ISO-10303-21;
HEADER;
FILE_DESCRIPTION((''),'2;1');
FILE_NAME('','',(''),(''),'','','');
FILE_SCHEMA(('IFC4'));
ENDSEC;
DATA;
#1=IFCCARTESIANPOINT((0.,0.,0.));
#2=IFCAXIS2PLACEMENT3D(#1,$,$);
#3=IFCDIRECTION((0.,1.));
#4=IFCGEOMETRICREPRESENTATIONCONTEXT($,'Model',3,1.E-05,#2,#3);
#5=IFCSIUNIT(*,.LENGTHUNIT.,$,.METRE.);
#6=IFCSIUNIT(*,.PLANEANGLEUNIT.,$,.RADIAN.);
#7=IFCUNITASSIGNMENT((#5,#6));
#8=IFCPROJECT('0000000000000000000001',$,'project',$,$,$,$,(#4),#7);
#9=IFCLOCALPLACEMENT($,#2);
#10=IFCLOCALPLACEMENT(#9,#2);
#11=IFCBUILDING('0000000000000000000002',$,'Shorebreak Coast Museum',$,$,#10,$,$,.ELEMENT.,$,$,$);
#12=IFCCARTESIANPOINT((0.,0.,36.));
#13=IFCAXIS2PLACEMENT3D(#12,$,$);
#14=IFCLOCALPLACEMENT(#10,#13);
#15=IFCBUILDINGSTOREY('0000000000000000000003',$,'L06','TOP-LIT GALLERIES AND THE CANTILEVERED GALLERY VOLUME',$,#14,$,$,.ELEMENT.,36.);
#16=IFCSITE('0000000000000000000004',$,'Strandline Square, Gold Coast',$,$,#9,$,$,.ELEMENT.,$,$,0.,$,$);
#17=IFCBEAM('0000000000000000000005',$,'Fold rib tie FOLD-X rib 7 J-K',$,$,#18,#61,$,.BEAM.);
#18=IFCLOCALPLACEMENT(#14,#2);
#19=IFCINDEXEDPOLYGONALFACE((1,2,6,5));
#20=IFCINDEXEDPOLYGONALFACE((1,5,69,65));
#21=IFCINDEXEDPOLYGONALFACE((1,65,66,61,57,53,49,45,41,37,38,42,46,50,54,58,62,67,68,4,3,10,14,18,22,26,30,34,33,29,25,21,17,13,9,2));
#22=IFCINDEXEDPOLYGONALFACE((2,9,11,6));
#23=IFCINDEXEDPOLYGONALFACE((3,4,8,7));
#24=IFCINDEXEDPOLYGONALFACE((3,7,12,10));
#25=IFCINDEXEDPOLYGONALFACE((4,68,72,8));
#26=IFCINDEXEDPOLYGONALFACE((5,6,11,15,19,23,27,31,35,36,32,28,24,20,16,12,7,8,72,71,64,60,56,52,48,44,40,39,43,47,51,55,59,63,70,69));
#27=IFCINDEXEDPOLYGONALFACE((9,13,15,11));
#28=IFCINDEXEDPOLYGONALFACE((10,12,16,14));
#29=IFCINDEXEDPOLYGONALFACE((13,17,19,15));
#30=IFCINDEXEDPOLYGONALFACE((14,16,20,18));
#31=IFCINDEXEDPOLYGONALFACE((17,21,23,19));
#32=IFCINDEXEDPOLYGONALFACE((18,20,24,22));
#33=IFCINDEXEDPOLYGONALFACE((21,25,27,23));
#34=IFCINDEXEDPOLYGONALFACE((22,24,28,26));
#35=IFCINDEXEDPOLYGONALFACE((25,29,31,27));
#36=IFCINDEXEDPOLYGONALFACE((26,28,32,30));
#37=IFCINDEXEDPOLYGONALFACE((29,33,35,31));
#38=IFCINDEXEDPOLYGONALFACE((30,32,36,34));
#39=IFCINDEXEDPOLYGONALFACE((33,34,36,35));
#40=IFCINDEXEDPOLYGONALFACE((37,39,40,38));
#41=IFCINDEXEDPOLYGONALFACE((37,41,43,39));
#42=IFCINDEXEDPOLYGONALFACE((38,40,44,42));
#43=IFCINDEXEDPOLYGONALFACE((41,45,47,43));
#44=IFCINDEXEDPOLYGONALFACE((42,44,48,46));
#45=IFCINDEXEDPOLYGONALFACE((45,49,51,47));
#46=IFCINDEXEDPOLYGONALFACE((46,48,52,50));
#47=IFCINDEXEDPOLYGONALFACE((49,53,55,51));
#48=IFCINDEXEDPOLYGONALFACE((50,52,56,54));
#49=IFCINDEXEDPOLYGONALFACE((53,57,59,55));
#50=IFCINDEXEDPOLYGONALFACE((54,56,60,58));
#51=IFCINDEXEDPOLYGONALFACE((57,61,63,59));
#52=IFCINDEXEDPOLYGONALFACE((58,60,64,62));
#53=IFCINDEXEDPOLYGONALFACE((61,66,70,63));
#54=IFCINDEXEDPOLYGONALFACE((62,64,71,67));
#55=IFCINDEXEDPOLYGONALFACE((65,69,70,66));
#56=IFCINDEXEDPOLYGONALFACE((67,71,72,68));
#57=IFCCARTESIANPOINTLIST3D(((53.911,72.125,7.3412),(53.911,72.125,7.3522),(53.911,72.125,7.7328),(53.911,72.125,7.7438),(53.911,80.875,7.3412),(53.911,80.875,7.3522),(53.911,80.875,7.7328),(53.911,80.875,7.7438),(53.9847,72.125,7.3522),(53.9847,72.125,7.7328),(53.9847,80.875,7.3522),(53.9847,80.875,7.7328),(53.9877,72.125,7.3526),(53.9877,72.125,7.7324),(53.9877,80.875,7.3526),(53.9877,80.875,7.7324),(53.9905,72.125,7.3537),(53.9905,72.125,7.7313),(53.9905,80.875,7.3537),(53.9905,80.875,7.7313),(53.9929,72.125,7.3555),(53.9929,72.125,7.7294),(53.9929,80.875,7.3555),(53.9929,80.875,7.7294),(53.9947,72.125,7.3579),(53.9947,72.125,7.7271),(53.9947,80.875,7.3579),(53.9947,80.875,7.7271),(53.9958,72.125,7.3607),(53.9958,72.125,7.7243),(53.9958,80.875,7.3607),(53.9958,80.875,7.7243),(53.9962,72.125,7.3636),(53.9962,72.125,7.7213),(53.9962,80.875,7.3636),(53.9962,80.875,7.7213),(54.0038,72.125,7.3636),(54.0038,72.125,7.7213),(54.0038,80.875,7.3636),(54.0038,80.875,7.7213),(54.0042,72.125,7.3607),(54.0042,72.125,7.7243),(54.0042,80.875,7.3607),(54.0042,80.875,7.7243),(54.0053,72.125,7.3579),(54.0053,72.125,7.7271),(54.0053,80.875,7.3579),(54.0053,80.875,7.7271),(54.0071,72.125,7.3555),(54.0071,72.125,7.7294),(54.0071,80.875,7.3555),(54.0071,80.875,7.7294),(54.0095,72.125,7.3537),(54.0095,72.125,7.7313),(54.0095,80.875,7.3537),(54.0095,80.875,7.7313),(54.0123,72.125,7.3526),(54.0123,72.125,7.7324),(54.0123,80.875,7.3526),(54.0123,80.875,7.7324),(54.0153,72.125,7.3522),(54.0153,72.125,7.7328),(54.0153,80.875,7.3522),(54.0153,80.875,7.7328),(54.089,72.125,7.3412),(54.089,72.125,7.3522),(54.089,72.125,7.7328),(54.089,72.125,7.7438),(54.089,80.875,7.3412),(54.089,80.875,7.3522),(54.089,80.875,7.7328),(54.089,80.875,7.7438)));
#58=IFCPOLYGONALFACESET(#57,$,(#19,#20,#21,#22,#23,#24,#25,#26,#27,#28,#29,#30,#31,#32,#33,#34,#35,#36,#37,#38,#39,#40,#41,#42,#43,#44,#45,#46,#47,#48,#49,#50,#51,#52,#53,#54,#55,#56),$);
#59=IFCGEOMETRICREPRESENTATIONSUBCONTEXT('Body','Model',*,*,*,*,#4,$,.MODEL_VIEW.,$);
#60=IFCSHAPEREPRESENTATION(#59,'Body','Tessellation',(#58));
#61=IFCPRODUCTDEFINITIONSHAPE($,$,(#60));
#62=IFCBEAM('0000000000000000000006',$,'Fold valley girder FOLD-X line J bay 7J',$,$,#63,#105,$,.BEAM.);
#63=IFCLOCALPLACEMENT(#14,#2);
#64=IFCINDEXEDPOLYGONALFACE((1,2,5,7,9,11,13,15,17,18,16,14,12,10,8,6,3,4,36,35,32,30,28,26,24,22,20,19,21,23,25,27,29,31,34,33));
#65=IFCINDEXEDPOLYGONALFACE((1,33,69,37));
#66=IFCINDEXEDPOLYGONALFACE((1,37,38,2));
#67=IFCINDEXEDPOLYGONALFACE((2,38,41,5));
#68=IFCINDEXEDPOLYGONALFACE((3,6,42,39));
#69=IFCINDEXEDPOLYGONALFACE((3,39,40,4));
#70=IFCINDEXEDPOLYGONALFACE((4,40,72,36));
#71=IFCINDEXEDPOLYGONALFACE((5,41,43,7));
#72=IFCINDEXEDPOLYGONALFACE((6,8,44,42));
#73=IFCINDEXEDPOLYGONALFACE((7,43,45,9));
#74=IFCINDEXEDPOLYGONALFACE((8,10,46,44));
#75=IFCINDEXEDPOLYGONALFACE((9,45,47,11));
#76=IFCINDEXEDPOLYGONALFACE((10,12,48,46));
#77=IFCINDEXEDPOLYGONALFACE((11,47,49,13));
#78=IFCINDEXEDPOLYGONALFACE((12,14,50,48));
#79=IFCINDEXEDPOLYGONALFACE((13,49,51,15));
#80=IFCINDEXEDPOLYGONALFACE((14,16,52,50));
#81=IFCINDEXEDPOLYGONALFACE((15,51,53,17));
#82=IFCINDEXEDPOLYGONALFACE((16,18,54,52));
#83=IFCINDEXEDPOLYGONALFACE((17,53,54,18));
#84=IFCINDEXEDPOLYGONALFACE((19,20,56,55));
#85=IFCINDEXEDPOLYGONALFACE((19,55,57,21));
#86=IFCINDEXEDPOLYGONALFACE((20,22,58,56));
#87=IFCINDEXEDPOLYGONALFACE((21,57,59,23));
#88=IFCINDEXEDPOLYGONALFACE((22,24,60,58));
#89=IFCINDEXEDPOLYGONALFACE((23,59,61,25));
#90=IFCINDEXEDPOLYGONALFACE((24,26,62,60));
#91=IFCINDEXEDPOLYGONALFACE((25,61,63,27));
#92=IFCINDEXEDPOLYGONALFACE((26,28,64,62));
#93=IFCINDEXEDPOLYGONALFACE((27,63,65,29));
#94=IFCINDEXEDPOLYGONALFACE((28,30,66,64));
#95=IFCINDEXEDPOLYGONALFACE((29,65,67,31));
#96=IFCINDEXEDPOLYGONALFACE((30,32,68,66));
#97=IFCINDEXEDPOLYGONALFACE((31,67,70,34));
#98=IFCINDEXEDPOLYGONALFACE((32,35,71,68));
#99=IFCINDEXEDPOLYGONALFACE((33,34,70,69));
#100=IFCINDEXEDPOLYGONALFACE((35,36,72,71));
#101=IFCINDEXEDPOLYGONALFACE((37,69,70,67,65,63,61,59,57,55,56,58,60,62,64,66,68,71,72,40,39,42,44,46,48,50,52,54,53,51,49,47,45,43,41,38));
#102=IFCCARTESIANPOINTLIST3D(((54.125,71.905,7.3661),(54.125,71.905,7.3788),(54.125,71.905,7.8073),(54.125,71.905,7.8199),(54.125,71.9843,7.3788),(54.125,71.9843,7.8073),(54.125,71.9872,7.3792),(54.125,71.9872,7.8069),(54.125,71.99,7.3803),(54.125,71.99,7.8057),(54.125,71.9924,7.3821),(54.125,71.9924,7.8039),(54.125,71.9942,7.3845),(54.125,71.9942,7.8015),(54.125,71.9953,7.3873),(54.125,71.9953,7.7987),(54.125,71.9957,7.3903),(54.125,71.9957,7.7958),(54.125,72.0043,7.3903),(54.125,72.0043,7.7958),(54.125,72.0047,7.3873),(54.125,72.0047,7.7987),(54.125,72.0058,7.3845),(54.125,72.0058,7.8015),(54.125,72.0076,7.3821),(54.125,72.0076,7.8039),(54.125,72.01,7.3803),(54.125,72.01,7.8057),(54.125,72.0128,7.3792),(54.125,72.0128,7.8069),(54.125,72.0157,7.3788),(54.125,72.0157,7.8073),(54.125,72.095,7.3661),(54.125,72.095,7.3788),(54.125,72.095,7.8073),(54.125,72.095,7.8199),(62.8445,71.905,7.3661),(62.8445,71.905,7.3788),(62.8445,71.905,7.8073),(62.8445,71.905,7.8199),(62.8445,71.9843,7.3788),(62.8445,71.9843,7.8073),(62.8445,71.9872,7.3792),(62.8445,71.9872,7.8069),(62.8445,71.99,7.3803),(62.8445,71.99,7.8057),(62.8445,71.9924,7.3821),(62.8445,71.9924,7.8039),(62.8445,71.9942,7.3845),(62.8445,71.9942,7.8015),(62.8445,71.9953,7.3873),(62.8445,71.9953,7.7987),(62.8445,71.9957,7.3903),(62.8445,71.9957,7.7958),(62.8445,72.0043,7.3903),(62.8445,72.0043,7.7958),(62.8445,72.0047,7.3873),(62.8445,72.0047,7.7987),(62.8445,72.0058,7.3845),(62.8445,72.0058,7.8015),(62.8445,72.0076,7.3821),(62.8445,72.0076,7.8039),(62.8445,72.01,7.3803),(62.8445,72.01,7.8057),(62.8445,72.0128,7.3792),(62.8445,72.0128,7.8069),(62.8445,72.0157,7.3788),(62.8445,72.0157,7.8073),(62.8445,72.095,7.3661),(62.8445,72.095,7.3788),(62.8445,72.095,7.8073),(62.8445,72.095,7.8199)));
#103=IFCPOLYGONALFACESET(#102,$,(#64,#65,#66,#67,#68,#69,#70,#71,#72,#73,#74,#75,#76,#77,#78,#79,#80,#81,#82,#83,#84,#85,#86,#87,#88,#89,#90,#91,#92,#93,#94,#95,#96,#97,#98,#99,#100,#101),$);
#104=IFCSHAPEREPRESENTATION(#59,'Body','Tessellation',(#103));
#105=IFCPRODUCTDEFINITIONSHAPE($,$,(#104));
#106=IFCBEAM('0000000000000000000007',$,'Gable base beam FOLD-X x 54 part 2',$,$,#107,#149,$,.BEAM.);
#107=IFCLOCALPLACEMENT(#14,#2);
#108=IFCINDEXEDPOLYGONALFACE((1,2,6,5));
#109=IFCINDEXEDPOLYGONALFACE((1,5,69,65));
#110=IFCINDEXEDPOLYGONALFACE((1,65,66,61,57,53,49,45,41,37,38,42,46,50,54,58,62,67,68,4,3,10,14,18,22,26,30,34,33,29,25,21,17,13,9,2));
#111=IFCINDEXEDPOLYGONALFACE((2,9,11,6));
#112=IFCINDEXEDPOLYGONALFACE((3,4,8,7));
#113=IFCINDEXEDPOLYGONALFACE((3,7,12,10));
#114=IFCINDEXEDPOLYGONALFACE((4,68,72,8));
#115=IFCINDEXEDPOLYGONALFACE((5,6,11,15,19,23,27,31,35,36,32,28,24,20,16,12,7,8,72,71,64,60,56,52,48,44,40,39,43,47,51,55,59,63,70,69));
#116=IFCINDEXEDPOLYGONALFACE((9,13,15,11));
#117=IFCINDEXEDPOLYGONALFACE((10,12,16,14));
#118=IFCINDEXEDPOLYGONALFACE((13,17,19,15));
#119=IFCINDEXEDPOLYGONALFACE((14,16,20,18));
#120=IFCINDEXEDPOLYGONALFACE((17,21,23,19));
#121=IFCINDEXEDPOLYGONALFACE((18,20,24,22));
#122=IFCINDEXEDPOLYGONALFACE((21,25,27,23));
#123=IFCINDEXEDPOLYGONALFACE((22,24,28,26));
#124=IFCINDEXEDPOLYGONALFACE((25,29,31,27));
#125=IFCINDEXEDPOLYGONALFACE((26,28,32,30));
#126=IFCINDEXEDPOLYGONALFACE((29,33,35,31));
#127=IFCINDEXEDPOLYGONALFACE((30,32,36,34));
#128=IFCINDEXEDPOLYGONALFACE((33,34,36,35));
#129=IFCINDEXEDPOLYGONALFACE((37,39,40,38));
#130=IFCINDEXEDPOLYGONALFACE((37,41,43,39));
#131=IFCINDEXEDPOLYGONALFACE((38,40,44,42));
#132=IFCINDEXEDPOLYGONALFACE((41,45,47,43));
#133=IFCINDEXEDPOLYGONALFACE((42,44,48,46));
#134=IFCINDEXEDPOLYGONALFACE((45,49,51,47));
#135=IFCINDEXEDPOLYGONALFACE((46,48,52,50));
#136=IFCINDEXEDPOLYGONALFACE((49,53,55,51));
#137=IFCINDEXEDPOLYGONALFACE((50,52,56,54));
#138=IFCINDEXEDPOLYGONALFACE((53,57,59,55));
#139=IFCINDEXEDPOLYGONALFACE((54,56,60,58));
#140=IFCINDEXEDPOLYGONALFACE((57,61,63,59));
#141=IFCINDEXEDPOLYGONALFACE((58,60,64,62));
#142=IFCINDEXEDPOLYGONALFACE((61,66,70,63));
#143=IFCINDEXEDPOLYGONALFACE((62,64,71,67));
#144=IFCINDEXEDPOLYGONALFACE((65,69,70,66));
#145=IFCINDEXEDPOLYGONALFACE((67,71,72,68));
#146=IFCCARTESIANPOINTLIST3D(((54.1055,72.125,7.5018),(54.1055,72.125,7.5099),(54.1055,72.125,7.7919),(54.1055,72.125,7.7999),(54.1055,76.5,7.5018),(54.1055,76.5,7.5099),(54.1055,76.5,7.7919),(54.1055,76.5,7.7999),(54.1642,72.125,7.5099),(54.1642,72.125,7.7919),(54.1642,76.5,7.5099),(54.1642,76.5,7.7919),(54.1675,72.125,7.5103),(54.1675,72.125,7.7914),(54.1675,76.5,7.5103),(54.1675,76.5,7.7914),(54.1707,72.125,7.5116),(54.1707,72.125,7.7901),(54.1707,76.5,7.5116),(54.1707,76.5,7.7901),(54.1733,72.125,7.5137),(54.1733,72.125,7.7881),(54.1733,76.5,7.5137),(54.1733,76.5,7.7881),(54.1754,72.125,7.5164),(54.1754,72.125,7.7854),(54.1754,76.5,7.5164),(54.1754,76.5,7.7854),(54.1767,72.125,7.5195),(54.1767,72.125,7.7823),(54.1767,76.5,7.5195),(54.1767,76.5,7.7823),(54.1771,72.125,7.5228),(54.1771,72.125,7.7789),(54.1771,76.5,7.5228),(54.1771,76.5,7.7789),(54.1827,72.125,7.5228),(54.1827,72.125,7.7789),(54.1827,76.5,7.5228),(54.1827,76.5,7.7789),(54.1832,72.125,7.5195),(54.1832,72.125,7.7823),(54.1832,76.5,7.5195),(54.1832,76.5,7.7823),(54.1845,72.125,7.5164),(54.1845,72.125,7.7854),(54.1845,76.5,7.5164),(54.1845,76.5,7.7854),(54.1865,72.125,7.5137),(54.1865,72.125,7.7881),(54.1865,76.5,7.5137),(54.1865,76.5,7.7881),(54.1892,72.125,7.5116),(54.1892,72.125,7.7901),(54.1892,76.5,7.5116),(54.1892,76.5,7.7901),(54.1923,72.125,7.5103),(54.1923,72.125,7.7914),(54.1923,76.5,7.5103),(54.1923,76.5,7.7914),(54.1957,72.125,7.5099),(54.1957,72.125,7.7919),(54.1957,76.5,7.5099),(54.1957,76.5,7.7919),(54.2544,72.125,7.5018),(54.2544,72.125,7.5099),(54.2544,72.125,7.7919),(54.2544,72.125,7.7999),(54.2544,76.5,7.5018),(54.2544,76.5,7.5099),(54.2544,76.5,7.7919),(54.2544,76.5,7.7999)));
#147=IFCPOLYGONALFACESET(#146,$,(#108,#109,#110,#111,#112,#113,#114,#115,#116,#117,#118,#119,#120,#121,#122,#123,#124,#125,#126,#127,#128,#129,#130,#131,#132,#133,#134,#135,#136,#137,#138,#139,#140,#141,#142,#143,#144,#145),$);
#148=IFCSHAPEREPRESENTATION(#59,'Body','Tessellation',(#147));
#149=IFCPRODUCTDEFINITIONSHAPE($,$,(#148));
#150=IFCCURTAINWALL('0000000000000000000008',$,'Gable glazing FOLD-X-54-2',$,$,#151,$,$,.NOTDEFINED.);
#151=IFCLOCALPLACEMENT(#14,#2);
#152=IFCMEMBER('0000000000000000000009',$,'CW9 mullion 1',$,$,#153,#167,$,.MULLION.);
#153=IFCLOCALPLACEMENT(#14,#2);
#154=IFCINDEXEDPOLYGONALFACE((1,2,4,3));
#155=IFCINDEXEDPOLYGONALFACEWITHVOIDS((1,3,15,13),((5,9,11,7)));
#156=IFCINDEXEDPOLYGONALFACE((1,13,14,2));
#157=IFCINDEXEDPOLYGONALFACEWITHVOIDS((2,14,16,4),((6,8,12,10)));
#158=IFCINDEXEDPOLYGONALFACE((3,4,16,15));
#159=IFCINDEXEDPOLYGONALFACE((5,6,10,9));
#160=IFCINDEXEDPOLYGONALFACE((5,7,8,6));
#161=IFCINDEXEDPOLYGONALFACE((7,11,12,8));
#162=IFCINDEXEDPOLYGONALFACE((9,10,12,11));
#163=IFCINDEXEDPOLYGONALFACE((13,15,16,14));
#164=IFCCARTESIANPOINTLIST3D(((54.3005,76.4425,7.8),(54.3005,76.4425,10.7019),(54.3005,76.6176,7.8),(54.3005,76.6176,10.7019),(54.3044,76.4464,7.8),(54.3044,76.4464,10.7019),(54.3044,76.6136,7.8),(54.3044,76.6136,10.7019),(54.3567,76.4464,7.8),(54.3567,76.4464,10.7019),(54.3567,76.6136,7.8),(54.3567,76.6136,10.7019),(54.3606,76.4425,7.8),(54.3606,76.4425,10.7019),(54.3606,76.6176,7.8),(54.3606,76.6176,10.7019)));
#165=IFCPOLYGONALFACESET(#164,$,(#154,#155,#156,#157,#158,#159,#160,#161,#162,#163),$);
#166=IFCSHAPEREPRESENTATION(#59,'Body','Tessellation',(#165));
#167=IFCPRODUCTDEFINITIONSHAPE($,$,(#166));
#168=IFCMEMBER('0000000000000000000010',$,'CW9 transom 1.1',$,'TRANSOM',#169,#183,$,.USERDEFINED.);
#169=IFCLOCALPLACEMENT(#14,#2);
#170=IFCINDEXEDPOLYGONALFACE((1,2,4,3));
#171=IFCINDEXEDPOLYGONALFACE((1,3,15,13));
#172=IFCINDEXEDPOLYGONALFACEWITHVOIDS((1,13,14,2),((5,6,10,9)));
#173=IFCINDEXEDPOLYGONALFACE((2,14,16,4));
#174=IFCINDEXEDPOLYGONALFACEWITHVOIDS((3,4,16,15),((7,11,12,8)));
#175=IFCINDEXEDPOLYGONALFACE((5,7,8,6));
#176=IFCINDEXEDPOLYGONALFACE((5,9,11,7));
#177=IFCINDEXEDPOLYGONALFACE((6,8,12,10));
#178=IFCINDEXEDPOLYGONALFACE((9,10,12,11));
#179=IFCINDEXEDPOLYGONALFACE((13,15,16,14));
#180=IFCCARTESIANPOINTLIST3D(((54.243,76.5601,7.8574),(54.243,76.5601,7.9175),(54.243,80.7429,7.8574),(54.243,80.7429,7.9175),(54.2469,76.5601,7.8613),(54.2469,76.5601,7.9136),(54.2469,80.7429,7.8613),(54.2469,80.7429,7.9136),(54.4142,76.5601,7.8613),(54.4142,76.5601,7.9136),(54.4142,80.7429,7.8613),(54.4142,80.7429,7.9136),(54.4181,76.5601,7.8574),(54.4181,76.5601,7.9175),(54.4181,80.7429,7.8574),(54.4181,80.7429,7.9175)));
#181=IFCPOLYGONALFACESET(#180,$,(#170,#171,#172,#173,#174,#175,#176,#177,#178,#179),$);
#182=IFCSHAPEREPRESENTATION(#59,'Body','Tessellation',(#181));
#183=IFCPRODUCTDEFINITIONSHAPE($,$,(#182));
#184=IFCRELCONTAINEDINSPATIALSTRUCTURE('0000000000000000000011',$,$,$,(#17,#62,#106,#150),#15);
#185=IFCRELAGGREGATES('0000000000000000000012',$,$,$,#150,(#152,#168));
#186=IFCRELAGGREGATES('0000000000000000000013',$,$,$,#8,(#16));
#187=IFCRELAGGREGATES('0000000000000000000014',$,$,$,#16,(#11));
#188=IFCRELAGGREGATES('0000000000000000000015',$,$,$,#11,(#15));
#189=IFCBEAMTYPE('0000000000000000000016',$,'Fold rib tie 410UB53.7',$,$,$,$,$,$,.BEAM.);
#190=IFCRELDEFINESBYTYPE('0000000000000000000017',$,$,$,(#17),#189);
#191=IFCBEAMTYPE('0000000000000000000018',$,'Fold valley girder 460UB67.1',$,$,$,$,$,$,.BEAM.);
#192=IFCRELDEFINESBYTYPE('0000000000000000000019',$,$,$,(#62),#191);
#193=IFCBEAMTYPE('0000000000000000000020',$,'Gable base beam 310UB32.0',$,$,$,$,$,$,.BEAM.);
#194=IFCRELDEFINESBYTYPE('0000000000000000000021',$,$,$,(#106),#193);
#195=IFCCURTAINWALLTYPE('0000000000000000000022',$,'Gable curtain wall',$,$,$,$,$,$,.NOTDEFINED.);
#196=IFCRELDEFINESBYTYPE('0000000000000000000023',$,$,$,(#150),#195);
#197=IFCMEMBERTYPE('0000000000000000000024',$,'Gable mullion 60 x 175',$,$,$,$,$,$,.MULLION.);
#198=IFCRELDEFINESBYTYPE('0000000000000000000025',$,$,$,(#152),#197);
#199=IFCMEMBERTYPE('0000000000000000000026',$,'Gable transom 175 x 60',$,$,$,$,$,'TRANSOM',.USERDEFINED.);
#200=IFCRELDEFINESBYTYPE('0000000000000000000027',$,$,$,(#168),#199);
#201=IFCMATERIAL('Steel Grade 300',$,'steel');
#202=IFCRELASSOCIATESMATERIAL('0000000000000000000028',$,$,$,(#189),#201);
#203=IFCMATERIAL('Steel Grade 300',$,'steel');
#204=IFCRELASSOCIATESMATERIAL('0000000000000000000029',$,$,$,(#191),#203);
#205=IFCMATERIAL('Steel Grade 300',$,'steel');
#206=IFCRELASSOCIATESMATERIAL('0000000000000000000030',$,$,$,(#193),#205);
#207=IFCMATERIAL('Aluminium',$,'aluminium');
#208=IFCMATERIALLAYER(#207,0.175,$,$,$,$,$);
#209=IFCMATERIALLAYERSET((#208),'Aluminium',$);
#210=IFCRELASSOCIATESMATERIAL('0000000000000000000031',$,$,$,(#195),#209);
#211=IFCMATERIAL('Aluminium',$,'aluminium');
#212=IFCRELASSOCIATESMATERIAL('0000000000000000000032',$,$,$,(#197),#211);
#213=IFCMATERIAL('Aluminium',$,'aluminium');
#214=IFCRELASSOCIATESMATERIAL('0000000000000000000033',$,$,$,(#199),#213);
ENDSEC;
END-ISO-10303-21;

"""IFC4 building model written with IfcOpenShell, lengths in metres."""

from ifc_helpers import new_model, si_unit, direction, frame, origin, origin_2d, place, context, subcontext, project, spatial, hollow_rectangle, i_section, extrude, material, layer, layer_set, material_profile, profile_set, type_object, element, aggregate, save


model = new_model("IFC4")

# Units and contexts
model_context = context("Model", 3, precision=1e-05, world=origin(), true_north=direction((0.0, 1.0)))
body_context = subcontext(model_context, "Body", "Model", "MODEL_VIEW")
ifc_project = project(units=[si_unit("LENGTHUNIT", "METRE"), si_unit("PLANEANGLEUNIT", "RADIAN")], contexts=[model_context])

# Site, building, storey
site_placement = place(None, origin())
site = spatial("IfcSite", under=ifc_project, at=site_placement, Name="Strandline Square, Gold Coast", CompositionType="ELEMENT", RefElevation=0.0)
building_placement = place(site_placement, origin())
building = spatial("IfcBuilding", under=site, at=building_placement, Name="Shorebreak Coast Museum", CompositionType="ELEMENT")
storey_placement = place(building_placement, frame((0.0, 0.0, 36.0)))
storey = spatial("IfcBuildingStorey", under=building, at=storey_placement, Name="L06", Description="TOP-LIT GALLERIES AND THE CANTILEVERED GALLERY VOLUME", CompositionType="ELEMENT", Elevation=36.0)

# Beams
ifc_material_1 = material(Name="Steel Grade 300", Category="steel")
ifc_material_profile_1 = material_profile(ifc_material_1, i_section(OverallWidth=0.178, OverallDepth=0.4026, WebThickness=0.0076, FlangeThickness=0.011, FilletRadius=0.0115, at=origin_2d()), Name="410UB53.7")
ifc_profile_set_1 = profile_set([ifc_material_profile_1], Name="Steel Grade 300")
beam_type_1 = type_object("IfcBeamType", Name="Fold rib tie 410UB53.7", PredefinedType="BEAM", material=ifc_profile_set_1)
beam_1_placement = place(storey_placement, frame((54.0, 72.125, 7.5425), z_axis=(0.0, 1.0, 0.0), x_axis=(-1.0, 0.0, 0.0)))
element("IfcBeam", 1, at=beam_1_placement, inside=storey, type_object=beam_type_1, Name="Fold rib tie FOLD-X rib 7 J-K", PredefinedType="BEAM", context=body_context, shape_type="SweptSolid", body=[
    extrude(i_section(OverallWidth=0.178, OverallDepth=0.4026, WebThickness=0.0076, FlangeThickness=0.011, FilletRadius=0.0115, at=origin_2d()), origin(), (0.0, 0.0, 1.0), 8.75),
])
ifc_material_2 = material(Name="Steel Grade 300", Category="steel")
ifc_material_profile_2 = material_profile(ifc_material_2, i_section(OverallWidth=0.1899, OverallDepth=0.4539, WebThickness=0.0085, FlangeThickness=0.0127, FilletRadius=0.0115, at=origin_2d()), Name="460UB67.1")
ifc_profile_set_2 = profile_set([ifc_material_profile_2], Name="Steel Grade 300")
beam_type_2 = type_object("IfcBeamType", Name="Fold valley girder 460UB67.1", PredefinedType="BEAM", material=ifc_profile_set_2)
beam_2_placement = place(storey_placement, frame((54.125, 72.0, 7.593), z_axis=(1.0, 0.0, 0.0), x_axis=(0.0, 1.0, 0.0)))
element("IfcBeam", 2, at=beam_2_placement, inside=storey, type_object=beam_type_2, Name="Fold valley girder FOLD-X line J bay 7J", PredefinedType="BEAM", context=body_context, shape_type="SweptSolid", body=[
    extrude(i_section(OverallWidth=0.1899, OverallDepth=0.4539, WebThickness=0.0085, FlangeThickness=0.0127, FilletRadius=0.0115, at=origin_2d()), origin(), (0.0, 0.0, 1.0), 8.7195),
])
ifc_material_3 = material(Name="Steel Grade 300", Category="steel")
ifc_material_profile_3 = material_profile(ifc_material_3, i_section(OverallWidth=0.1489, OverallDepth=0.2981, WebThickness=0.0056, FlangeThickness=0.0081, FilletRadius=0.0129, at=origin_2d()), Name="310UB32.0")
ifc_profile_set_3 = profile_set([ifc_material_profile_3], Name="Steel Grade 300")
beam_type_3 = type_object("IfcBeamType", Name="Gable base beam 310UB32.0", PredefinedType="BEAM", material=ifc_profile_set_3)
beam_3_placement = place(storey_placement, frame((54.1799, 72.125, 7.6509), z_axis=(0.0, 1.0, 0.0), x_axis=(-1.0, 0.0, 0.0)))
element("IfcBeam", 3, at=beam_3_placement, inside=storey, type_object=beam_type_3, Name="Gable base beam FOLD-X x 54 part 2", PredefinedType="BEAM", context=body_context, shape_type="SweptSolid", body=[
    extrude(i_section(OverallWidth=0.1489, OverallDepth=0.2981, WebThickness=0.0056, FlangeThickness=0.0081, FilletRadius=0.0129, at=origin_2d()), origin(), (0.0, 0.0, 1.0), 4.375),
])

# Curtain wall, members
ifc_material_4 = material(Name="Aluminium", Category="aluminium")
ifc_layer_1 = layer(ifc_material_4, 0.175)
ifc_layer_set_1 = layer_set([ifc_layer_1], Name="Aluminium")
curtain_wall_type_1 = type_object("IfcCurtainWallType", Name="Gable curtain wall", PredefinedType="NOTDEFINED", material=ifc_layer_set_1)
curtain_wall_1_placement = place(storey_placement, origin())
curtain_wall_1 = element("IfcCurtainWall", 4, at=curtain_wall_1_placement, inside=storey, type_object=curtain_wall_type_1, Name="Gable glazing FOLD-X-54-2", PredefinedType="NOTDEFINED")
ifc_material_5 = material(Name="Aluminium", Category="aluminium")
ifc_material_profile_4 = material_profile(ifc_material_5, hollow_rectangle(XDim=0.0601, YDim=0.175, WallThickness=0.0039, at=origin_2d()), Name="AL 175x60 RHS")
ifc_profile_set_4 = profile_set([ifc_material_profile_4], Name="Aluminium")
member_type_1 = type_object("IfcMemberType", Name="Gable mullion 60 x 175", PredefinedType="MULLION", material=ifc_profile_set_4)
member_1_placement = place(storey_placement, frame((54.3306, 76.53, 7.8), z_axis=(0.0, 0.0, 1.0), x_axis=(-1.0, 0.0, 0.0)))
member_1 = element("IfcMember", 5, at=member_1_placement, type_object=member_type_1, Name="CW9 mullion 1", PredefinedType="MULLION", context=body_context, shape_type="SweptSolid", body=[
    extrude(hollow_rectangle(XDim=0.0601, YDim=0.175, WallThickness=0.0039, at=origin_2d()), origin(), (0.0, 0.0, 1.0), 2.9019),
])
ifc_material_6 = material(Name="Aluminium", Category="aluminium")
ifc_material_profile_5 = material_profile(ifc_material_6, hollow_rectangle(XDim=0.175, YDim=0.0601, WallThickness=0.0039, at=origin_2d()), Name="AL 60x175 RHS")
ifc_profile_set_5 = profile_set([ifc_material_profile_5], Name="Aluminium")
member_type_2 = type_object("IfcMemberType", Name="Gable transom 175 x 60", ElementType="TRANSOM", PredefinedType="USERDEFINED", material=ifc_profile_set_5)
member_2_placement = place(storey_placement, frame((54.3306, 76.5601, 7.8875), z_axis=(0.0, 1.0, 0.0), x_axis=(-1.0, 0.0, 0.0)))
member_2 = element("IfcMember", 6, at=member_2_placement, type_object=member_type_2, Name="CW9 transom 1.1", ObjectType="TRANSOM", PredefinedType="USERDEFINED", context=body_context, shape_type="SweptSolid", body=[
    extrude(hollow_rectangle(XDim=0.175, YDim=0.0601, WallThickness=0.0039, at=origin_2d()), origin(), (0.0, 0.0, 1.0), 4.1829),
])

aggregate(curtain_wall_1, [member_1, member_2])

save(model, "model.ifc")
